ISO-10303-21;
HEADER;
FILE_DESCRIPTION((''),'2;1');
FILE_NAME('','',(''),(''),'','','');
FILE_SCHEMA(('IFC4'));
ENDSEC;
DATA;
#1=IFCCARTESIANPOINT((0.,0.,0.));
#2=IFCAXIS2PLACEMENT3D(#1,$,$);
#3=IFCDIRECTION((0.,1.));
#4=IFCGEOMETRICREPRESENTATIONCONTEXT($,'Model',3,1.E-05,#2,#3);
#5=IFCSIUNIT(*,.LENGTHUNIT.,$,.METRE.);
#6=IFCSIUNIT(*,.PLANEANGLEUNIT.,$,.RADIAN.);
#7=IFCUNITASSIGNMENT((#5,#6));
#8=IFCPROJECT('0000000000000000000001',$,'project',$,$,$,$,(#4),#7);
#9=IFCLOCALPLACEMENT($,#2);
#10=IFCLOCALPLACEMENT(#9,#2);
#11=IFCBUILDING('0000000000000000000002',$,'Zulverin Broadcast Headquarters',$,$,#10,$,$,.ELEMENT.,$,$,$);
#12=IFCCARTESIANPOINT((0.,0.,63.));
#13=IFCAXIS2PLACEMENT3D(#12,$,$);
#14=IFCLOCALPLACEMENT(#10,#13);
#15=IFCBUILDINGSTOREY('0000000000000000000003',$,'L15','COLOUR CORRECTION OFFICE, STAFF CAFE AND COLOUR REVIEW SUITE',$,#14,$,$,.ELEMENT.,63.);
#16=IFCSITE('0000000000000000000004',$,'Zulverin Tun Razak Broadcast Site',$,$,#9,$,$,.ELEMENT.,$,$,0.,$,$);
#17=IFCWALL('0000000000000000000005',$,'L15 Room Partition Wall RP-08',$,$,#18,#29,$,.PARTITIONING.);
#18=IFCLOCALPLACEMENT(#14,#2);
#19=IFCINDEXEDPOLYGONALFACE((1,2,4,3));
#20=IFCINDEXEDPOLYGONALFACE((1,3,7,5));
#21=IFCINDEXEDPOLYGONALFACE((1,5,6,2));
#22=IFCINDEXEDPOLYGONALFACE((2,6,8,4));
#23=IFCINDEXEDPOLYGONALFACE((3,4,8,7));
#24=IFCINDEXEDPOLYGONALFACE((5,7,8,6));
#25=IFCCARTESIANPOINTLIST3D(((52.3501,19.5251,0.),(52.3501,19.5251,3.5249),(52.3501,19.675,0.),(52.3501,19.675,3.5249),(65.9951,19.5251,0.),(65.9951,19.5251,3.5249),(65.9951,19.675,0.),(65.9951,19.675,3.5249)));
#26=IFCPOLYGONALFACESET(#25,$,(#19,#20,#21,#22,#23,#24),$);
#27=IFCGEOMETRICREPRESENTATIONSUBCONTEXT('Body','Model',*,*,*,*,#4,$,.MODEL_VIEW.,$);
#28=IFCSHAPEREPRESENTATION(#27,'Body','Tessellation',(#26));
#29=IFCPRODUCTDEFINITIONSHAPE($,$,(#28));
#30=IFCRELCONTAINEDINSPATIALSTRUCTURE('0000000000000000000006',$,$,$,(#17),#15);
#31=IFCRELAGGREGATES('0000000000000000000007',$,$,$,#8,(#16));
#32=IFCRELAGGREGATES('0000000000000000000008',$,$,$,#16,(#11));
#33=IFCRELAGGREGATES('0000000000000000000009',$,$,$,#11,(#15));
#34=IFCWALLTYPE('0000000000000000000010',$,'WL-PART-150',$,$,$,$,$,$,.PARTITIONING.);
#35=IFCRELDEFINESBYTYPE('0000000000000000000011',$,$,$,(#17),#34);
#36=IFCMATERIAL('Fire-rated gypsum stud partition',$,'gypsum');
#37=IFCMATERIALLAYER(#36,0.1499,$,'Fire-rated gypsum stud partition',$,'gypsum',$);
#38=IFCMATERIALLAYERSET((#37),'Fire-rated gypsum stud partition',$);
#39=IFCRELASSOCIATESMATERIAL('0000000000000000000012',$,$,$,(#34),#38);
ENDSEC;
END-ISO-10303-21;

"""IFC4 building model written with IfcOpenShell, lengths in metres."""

from ifc_helpers import new_model, si_unit, direction, frame, frame_2d, origin, place, context, subcontext, project, spatial, rectangle, extrude, material, layer, layer_set, type_object, element, save


model = new_model("IFC4")

# Units and contexts
model_context = context("Model", 3, precision=1e-05, world=origin(), true_north=direction((0.0, 1.0)))
body_context = subcontext(model_context, "Body", "Model", "MODEL_VIEW")
ifc_project = project(units=[si_unit("LENGTHUNIT", "METRE"), si_unit("PLANEANGLEUNIT", "RADIAN")], contexts=[model_context])

# Site, building, storey
site_placement = place(None, origin())
site = spatial("IfcSite", under=ifc_project, at=site_placement, Name="Zulverin Tun Razak Broadcast Site", CompositionType="ELEMENT", RefElevation=0.0)
building_placement = place(site_placement, origin())
building = spatial("IfcBuilding", under=site, at=building_placement, Name="Zulverin Broadcast Headquarters", CompositionType="ELEMENT")
storey_placement = place(building_placement, frame((0.0, 0.0, 63.0)))
storey = spatial("IfcBuildingStorey", under=building, at=storey_placement, Name="L15", Description="COLOUR CORRECTION OFFICE, STAFF CAFE AND COLOUR REVIEW SUITE", CompositionType="ELEMENT", Elevation=63.0)

# Shared definitions
ifc_material_1 = material(Name="Fire-rated gypsum stud partition", Category="gypsum")
ifc_layer_1 = layer(ifc_material_1, 0.1499, Name="Fire-rated gypsum stud partition", Category="gypsum")
ifc_layer_set_1 = layer_set([ifc_layer_1], Name="Fire-rated gypsum stud partition")
wall_type_1 = type_object("IfcWallType", Name="WL-PART-150", PredefinedType="PARTITIONING", material=ifc_layer_set_1)

# Wall
wall_1_placement = place(storey_placement, frame((52.3501, 19.6001, 0.0), z_axis=(0.0, 0.0, 1.0), x_axis=(1.0, 0.0, 0.0)))
element("IfcWall", 1, at=wall_1_placement, inside=storey, type_object=wall_type_1, Name="L15 Room Partition Wall RP-08", PredefinedType="PARTITIONING", context=body_context, shape_type="SweptSolid", body=[
    extrude(rectangle(XDim=13.645, YDim=0.1499, at=frame_2d((6.8225, 0.0))), origin(), (0.0, 0.0, 1.0), 3.5249),
])

save(model, "model.ifc")
